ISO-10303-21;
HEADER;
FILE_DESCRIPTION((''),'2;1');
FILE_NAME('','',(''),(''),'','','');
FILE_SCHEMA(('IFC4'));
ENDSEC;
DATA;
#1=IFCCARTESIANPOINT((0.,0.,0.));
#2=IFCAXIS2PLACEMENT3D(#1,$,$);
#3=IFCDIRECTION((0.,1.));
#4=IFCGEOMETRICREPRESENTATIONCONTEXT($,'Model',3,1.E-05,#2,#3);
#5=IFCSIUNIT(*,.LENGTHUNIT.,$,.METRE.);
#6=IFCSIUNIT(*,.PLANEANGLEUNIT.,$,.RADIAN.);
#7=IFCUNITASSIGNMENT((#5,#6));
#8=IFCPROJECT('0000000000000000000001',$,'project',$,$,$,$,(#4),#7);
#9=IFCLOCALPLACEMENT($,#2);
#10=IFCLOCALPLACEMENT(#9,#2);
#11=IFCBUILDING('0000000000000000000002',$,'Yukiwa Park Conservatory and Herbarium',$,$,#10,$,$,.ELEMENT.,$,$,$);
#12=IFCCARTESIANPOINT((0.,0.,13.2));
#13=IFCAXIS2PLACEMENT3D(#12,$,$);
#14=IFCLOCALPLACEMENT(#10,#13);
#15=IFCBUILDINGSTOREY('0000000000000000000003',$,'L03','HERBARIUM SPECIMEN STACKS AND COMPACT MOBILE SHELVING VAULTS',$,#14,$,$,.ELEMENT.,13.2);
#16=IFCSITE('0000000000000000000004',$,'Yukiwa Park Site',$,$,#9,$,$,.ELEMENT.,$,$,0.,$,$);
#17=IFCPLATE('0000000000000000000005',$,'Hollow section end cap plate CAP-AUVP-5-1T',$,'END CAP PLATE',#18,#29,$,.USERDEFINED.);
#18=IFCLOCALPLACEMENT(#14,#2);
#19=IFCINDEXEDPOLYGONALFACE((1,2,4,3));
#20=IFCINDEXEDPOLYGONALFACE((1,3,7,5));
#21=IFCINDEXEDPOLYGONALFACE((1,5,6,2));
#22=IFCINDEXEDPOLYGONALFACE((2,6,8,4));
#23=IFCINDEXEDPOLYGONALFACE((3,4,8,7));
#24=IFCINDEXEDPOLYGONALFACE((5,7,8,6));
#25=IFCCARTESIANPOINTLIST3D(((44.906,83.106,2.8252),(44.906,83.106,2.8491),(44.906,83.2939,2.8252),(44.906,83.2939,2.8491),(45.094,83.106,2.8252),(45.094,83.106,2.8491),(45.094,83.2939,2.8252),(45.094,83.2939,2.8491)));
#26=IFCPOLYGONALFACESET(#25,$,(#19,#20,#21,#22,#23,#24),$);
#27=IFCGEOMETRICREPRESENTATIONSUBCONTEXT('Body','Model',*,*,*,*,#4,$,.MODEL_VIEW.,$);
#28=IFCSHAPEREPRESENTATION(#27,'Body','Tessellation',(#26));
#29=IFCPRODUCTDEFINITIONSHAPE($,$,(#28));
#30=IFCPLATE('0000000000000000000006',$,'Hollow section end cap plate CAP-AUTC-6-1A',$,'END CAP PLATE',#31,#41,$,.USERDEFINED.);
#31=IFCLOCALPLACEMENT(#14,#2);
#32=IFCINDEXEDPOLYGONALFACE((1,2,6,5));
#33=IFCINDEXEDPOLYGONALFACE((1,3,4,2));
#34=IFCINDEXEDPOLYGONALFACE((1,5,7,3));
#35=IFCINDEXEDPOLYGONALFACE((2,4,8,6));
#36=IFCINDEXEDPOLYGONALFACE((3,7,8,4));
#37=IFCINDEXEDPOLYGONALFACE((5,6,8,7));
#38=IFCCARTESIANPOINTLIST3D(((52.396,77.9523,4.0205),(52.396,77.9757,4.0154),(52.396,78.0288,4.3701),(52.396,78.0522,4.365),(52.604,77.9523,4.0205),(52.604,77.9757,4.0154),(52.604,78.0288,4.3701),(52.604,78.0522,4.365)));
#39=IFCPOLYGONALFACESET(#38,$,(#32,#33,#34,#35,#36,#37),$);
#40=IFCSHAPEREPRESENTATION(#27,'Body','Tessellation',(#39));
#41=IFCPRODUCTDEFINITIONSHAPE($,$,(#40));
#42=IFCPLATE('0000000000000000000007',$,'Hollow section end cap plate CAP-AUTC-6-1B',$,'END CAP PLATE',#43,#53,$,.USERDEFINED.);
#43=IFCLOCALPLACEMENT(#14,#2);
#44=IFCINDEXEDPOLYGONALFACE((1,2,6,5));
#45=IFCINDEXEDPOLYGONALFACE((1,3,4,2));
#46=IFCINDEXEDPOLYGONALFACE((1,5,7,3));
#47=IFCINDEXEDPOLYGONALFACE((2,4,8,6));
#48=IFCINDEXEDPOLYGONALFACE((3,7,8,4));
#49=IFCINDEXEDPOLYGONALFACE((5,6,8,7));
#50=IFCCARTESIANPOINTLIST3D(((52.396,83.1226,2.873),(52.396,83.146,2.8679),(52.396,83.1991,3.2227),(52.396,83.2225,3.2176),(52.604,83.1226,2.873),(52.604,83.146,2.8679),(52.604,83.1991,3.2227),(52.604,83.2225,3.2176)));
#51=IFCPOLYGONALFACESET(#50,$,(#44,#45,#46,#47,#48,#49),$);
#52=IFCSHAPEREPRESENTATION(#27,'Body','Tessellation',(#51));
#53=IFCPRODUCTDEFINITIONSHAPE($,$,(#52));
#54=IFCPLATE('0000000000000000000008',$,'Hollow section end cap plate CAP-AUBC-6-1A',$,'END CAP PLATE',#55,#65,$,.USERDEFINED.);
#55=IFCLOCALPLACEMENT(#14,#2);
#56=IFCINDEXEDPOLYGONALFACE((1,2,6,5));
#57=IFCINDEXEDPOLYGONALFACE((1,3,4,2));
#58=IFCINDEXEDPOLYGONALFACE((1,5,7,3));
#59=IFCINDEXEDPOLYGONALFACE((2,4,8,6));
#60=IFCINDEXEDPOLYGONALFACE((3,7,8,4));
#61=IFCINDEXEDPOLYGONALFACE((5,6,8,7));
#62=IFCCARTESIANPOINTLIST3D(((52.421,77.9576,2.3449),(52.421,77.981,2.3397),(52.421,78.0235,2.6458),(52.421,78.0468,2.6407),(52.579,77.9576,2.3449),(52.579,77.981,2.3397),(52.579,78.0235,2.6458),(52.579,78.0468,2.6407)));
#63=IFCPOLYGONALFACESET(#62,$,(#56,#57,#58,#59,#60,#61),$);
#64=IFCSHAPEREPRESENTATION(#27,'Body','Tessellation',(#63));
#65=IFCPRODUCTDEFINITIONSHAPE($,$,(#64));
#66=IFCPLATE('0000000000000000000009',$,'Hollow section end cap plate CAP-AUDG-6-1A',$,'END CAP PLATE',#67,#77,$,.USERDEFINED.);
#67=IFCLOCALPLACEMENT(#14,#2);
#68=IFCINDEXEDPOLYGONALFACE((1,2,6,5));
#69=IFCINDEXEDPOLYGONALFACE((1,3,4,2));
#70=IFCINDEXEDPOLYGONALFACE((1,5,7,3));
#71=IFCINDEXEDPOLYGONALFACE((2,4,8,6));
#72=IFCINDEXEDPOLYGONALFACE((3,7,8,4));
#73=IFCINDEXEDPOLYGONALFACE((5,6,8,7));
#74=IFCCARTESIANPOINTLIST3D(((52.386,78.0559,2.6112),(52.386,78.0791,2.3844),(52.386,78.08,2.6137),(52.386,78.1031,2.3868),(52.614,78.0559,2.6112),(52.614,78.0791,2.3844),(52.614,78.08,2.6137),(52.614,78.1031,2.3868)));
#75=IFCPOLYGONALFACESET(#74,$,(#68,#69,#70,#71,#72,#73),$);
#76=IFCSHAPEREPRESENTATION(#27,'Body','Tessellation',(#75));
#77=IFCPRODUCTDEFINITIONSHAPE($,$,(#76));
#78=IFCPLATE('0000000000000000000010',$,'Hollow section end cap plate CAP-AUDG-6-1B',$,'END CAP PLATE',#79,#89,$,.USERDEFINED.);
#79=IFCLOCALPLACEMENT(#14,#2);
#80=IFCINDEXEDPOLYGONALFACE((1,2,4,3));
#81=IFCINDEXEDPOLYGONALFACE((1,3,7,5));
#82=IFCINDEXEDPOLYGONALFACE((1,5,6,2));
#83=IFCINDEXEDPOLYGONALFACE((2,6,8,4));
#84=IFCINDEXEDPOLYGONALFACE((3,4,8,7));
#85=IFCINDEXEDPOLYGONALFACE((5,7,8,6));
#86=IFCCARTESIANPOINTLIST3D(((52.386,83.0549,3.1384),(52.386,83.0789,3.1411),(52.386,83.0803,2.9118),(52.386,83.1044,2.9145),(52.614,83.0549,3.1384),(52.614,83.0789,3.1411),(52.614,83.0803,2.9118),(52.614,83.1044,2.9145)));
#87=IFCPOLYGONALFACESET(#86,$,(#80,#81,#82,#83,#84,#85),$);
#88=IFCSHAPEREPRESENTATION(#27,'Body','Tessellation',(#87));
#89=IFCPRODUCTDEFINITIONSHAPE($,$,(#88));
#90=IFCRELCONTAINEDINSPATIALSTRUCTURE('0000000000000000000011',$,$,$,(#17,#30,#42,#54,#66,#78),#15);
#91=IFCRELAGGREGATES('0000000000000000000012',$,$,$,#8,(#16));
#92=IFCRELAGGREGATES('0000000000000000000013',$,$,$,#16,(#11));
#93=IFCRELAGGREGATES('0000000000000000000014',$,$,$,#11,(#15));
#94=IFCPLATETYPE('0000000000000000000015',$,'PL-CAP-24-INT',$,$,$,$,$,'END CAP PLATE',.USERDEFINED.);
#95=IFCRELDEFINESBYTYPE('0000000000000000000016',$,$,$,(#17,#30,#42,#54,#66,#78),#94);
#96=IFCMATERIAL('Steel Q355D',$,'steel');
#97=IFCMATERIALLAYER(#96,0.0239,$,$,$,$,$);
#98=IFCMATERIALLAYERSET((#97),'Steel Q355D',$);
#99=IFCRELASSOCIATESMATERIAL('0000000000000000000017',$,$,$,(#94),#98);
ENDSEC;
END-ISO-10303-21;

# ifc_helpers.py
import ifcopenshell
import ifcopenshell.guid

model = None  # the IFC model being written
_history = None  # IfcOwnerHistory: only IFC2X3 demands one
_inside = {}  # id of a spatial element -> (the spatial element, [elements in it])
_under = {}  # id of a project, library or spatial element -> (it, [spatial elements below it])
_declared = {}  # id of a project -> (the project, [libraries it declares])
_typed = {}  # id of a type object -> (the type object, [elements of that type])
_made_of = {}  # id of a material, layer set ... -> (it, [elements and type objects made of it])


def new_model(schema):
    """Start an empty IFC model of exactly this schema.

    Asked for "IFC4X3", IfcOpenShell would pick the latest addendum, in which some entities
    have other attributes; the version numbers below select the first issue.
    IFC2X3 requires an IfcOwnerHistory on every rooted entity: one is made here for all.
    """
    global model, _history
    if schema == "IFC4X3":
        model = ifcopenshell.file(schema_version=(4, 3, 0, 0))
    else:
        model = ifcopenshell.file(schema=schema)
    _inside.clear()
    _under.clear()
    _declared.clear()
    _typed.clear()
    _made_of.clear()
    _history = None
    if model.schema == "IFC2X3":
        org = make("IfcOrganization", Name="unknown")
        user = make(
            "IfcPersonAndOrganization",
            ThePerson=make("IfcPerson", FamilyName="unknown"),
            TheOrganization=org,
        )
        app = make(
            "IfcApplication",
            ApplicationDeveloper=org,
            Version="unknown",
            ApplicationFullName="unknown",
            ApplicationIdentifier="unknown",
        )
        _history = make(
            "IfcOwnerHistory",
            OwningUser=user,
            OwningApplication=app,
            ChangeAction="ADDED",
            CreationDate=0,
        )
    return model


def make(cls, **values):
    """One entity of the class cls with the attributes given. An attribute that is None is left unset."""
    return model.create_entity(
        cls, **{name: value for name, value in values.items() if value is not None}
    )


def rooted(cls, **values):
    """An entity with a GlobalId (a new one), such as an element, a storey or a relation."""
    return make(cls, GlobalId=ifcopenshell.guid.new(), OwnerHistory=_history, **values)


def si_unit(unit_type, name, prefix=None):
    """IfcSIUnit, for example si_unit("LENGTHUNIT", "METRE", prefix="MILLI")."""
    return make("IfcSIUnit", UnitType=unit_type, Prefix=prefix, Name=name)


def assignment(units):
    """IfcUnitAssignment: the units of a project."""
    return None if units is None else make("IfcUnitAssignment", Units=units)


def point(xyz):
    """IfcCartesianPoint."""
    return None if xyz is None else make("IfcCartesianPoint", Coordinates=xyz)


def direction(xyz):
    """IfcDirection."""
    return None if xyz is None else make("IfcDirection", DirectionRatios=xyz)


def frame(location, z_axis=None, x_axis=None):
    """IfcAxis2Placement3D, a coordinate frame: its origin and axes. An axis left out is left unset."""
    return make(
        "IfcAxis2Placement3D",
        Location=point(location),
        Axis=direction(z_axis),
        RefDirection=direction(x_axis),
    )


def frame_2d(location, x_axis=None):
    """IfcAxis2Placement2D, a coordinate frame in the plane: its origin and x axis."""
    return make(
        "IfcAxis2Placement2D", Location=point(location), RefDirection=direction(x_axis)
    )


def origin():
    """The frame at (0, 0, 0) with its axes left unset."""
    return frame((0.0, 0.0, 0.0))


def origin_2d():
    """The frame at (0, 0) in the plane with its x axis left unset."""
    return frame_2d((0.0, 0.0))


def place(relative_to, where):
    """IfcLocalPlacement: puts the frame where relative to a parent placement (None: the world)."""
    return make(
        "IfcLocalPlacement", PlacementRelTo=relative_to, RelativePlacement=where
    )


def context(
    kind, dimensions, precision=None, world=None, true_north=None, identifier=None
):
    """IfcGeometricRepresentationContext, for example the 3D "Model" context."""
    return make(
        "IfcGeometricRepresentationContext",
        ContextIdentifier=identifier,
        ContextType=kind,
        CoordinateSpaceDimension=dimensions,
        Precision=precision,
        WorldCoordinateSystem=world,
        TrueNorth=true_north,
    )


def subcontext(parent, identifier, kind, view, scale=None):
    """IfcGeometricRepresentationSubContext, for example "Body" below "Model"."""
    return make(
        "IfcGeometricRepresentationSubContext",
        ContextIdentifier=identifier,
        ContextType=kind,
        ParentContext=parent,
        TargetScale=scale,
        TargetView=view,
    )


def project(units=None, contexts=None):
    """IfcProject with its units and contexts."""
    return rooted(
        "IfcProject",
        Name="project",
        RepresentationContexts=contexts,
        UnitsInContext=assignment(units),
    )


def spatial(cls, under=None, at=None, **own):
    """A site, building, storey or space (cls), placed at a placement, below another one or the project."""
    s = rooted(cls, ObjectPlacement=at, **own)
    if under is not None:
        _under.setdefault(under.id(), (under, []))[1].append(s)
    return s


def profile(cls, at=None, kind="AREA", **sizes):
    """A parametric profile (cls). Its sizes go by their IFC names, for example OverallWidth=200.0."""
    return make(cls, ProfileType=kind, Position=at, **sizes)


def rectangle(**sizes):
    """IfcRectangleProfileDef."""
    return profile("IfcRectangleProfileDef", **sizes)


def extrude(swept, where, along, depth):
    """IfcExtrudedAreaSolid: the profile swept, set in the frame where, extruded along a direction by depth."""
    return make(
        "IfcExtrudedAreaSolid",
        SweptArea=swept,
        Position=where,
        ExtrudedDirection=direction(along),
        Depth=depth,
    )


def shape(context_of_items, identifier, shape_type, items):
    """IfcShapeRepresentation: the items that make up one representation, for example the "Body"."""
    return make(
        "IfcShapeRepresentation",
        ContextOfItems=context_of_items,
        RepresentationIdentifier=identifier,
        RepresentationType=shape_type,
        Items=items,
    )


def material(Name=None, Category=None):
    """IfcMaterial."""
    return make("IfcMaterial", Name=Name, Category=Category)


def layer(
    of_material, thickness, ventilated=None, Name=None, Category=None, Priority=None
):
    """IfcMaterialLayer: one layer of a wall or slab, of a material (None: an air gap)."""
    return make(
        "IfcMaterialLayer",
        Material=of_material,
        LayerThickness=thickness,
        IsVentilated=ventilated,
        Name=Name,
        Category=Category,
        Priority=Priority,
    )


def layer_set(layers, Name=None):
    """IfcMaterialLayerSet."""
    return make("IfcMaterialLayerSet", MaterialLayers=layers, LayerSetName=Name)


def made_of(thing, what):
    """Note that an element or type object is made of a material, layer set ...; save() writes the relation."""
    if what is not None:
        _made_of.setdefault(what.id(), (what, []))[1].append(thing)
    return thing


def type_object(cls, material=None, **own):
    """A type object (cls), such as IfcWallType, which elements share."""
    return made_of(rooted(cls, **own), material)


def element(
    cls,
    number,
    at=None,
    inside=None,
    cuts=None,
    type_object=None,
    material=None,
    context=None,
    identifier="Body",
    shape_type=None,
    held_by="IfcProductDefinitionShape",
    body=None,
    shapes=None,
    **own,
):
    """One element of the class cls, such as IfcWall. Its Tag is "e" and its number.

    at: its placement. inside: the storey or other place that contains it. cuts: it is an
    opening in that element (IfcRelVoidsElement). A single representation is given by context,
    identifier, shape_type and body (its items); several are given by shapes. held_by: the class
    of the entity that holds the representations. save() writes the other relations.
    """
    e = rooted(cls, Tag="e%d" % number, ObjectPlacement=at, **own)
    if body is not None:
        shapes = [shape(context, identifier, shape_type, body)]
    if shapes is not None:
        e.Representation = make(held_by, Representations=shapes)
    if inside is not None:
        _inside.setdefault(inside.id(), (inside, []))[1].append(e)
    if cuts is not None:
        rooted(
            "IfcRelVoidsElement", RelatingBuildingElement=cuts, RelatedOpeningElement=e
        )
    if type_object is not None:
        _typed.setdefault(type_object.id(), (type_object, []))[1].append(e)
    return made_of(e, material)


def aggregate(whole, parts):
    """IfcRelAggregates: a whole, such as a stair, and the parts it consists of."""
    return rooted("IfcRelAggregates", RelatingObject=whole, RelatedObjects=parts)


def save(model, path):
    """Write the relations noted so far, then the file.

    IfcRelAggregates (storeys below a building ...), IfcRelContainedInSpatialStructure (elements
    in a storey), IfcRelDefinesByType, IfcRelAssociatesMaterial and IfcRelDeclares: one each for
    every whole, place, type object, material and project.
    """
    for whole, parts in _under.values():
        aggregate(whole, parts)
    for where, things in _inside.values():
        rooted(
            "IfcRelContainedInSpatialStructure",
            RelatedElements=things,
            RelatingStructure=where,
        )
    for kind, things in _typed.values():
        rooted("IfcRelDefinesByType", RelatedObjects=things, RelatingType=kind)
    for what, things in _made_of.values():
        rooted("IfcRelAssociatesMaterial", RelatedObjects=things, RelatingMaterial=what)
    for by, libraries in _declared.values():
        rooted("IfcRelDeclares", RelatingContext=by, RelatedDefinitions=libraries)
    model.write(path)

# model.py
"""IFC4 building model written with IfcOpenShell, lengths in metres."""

from ifc_helpers import new_model, si_unit, direction, frame, origin, origin_2d, place, context, subcontext, project, spatial, rectangle, extrude, material, layer, layer_set, type_object, element, save


model = new_model("IFC4")

# Units and contexts
model_context = context("Model", 3, precision=1e-05, world=origin(), true_north=direction((0.0, 1.0)))
body_context = subcontext(model_context, "Body", "Model", "MODEL_VIEW")
ifc_project = project(units=[si_unit("LENGTHUNIT", "METRE"), si_unit("PLANEANGLEUNIT", "RADIAN")], contexts=[model_context])

# Site, building, storey
site_placement = place(None, origin())
site = spatial("IfcSite", under=ifc_project, at=site_placement, Name="Yukiwa Park Site", CompositionType="ELEMENT", RefElevation=0.0)
building_placement = place(site_placement, origin())
building = spatial("IfcBuilding", under=site, at=building_placement, Name="Yukiwa Park Conservatory and Herbarium", CompositionType="ELEMENT")
storey_placement = place(building_placement, frame((0.0, 0.0, 13.2)))
storey = spatial("IfcBuildingStorey", under=building, at=storey_placement, Name="L03", Description="HERBARIUM SPECIMEN STACKS AND COMPACT MOBILE SHELVING VAULTS", CompositionType="ELEMENT", Elevation=13.2)

# Plates
ifc_material_1 = material(Name="Steel Q355D", Category="steel")
ifc_layer = layer(ifc_material_1, 0.0239)
ifc_layer_set = layer_set([ifc_layer], Name="Steel Q355D")
plate_type = type_object("IfcPlateType", Name="PL-CAP-24-INT", ElementType="END CAP PLATE", PredefinedType="USERDEFINED", material=ifc_layer_set)
for number, where, z_axis, x_axis, name in (
    (1, (45.0, 83.2, 2.8252), (0.0, 0.0, 1.0), (1.0, 0.0, 0.0), "Hollow section end cap plate CAP-AUVP-5-1T"),
):
    element("IfcPlate", number, at=place(storey_placement, frame(where, z_axis=z_axis, x_axis=x_axis)), inside=storey, type_object=plate_type, Name=name, ObjectType="END CAP PLATE", PredefinedType="USERDEFINED", context=body_context, shape_type="SweptSolid", body=[
        extrude(rectangle(XDim=0.188, YDim=0.188, at=origin_2d()), origin(), (0.0, 0.0, 1.0), 0.0239),
    ])
for number, where, z_axis, x_axis, name in (
    (2, (52.5, 78.0139, 4.1902), (0.0, -0.9769, 0.213697), (1.0, 0.0, 0.0), "Hollow section end cap plate CAP-AUTC-6-1A"),
    (3, (52.5, 83.1609, 3.0479), (0.0, 0.9769, -0.213697), (-1.0, 0.0, 0.0), "Hollow section end cap plate CAP-AUTC-6-1B"),
):
    element("IfcPlate", number, at=place(storey_placement, frame(where, z_axis=z_axis, x_axis=x_axis)), inside=storey, type_object=plate_type, Name=name, ObjectType="END CAP PLATE", PredefinedType="USERDEFINED", context=body_context, shape_type="SweptSolid", body=[
        extrude(rectangle(XDim=0.208, YDim=0.3579, at=origin_2d()), origin(), (0.0, 0.0, 1.0), 0.0239),
    ])
plate_1_placement = place(storey_placement, frame((52.5, 78.0139, 2.4902), z_axis=(0.0, -0.9769, 0.213697), x_axis=(1.0, 0.0, 0.0)))
element("IfcPlate", 4, at=plate_1_placement, inside=storey, type_object=plate_type, Name="Hollow section end cap plate CAP-AUBC-6-1A", ObjectType="END CAP PLATE", PredefinedType="USERDEFINED", context=body_context, shape_type="SweptSolid", body=[
    extrude(rectangle(XDim=0.158, YDim=0.3081, at=origin_2d()), origin(), (0.0, 0.0, 1.0), 0.0239),
])
for number, where, z_axis, x_axis, name in (
    (5, (52.5, 78.0916, 2.5002), (0.0, -0.994834, -0.101514), (1.0, 0.0, 0.0), "Hollow section end cap plate CAP-AUDG-6-1A"),
    (6, (52.5, 83.0676, 3.0251), (0.0, 0.993759, 0.111544), (-1.0, 0.0, 0.0), "Hollow section end cap plate CAP-AUDG-6-1B"),
):
    element("IfcPlate", number, at=place(storey_placement, frame(where, z_axis=z_axis, x_axis=x_axis)), inside=storey, type_object=plate_type, Name=name, ObjectType="END CAP PLATE", PredefinedType="USERDEFINED", context=body_context, shape_type="SweptSolid", body=[
        extrude(rectangle(XDim=0.228, YDim=0.228, at=origin_2d()), origin(), (0.0, 0.0, 1.0), 0.0242),
    ])

save(model, "model.ifc")
